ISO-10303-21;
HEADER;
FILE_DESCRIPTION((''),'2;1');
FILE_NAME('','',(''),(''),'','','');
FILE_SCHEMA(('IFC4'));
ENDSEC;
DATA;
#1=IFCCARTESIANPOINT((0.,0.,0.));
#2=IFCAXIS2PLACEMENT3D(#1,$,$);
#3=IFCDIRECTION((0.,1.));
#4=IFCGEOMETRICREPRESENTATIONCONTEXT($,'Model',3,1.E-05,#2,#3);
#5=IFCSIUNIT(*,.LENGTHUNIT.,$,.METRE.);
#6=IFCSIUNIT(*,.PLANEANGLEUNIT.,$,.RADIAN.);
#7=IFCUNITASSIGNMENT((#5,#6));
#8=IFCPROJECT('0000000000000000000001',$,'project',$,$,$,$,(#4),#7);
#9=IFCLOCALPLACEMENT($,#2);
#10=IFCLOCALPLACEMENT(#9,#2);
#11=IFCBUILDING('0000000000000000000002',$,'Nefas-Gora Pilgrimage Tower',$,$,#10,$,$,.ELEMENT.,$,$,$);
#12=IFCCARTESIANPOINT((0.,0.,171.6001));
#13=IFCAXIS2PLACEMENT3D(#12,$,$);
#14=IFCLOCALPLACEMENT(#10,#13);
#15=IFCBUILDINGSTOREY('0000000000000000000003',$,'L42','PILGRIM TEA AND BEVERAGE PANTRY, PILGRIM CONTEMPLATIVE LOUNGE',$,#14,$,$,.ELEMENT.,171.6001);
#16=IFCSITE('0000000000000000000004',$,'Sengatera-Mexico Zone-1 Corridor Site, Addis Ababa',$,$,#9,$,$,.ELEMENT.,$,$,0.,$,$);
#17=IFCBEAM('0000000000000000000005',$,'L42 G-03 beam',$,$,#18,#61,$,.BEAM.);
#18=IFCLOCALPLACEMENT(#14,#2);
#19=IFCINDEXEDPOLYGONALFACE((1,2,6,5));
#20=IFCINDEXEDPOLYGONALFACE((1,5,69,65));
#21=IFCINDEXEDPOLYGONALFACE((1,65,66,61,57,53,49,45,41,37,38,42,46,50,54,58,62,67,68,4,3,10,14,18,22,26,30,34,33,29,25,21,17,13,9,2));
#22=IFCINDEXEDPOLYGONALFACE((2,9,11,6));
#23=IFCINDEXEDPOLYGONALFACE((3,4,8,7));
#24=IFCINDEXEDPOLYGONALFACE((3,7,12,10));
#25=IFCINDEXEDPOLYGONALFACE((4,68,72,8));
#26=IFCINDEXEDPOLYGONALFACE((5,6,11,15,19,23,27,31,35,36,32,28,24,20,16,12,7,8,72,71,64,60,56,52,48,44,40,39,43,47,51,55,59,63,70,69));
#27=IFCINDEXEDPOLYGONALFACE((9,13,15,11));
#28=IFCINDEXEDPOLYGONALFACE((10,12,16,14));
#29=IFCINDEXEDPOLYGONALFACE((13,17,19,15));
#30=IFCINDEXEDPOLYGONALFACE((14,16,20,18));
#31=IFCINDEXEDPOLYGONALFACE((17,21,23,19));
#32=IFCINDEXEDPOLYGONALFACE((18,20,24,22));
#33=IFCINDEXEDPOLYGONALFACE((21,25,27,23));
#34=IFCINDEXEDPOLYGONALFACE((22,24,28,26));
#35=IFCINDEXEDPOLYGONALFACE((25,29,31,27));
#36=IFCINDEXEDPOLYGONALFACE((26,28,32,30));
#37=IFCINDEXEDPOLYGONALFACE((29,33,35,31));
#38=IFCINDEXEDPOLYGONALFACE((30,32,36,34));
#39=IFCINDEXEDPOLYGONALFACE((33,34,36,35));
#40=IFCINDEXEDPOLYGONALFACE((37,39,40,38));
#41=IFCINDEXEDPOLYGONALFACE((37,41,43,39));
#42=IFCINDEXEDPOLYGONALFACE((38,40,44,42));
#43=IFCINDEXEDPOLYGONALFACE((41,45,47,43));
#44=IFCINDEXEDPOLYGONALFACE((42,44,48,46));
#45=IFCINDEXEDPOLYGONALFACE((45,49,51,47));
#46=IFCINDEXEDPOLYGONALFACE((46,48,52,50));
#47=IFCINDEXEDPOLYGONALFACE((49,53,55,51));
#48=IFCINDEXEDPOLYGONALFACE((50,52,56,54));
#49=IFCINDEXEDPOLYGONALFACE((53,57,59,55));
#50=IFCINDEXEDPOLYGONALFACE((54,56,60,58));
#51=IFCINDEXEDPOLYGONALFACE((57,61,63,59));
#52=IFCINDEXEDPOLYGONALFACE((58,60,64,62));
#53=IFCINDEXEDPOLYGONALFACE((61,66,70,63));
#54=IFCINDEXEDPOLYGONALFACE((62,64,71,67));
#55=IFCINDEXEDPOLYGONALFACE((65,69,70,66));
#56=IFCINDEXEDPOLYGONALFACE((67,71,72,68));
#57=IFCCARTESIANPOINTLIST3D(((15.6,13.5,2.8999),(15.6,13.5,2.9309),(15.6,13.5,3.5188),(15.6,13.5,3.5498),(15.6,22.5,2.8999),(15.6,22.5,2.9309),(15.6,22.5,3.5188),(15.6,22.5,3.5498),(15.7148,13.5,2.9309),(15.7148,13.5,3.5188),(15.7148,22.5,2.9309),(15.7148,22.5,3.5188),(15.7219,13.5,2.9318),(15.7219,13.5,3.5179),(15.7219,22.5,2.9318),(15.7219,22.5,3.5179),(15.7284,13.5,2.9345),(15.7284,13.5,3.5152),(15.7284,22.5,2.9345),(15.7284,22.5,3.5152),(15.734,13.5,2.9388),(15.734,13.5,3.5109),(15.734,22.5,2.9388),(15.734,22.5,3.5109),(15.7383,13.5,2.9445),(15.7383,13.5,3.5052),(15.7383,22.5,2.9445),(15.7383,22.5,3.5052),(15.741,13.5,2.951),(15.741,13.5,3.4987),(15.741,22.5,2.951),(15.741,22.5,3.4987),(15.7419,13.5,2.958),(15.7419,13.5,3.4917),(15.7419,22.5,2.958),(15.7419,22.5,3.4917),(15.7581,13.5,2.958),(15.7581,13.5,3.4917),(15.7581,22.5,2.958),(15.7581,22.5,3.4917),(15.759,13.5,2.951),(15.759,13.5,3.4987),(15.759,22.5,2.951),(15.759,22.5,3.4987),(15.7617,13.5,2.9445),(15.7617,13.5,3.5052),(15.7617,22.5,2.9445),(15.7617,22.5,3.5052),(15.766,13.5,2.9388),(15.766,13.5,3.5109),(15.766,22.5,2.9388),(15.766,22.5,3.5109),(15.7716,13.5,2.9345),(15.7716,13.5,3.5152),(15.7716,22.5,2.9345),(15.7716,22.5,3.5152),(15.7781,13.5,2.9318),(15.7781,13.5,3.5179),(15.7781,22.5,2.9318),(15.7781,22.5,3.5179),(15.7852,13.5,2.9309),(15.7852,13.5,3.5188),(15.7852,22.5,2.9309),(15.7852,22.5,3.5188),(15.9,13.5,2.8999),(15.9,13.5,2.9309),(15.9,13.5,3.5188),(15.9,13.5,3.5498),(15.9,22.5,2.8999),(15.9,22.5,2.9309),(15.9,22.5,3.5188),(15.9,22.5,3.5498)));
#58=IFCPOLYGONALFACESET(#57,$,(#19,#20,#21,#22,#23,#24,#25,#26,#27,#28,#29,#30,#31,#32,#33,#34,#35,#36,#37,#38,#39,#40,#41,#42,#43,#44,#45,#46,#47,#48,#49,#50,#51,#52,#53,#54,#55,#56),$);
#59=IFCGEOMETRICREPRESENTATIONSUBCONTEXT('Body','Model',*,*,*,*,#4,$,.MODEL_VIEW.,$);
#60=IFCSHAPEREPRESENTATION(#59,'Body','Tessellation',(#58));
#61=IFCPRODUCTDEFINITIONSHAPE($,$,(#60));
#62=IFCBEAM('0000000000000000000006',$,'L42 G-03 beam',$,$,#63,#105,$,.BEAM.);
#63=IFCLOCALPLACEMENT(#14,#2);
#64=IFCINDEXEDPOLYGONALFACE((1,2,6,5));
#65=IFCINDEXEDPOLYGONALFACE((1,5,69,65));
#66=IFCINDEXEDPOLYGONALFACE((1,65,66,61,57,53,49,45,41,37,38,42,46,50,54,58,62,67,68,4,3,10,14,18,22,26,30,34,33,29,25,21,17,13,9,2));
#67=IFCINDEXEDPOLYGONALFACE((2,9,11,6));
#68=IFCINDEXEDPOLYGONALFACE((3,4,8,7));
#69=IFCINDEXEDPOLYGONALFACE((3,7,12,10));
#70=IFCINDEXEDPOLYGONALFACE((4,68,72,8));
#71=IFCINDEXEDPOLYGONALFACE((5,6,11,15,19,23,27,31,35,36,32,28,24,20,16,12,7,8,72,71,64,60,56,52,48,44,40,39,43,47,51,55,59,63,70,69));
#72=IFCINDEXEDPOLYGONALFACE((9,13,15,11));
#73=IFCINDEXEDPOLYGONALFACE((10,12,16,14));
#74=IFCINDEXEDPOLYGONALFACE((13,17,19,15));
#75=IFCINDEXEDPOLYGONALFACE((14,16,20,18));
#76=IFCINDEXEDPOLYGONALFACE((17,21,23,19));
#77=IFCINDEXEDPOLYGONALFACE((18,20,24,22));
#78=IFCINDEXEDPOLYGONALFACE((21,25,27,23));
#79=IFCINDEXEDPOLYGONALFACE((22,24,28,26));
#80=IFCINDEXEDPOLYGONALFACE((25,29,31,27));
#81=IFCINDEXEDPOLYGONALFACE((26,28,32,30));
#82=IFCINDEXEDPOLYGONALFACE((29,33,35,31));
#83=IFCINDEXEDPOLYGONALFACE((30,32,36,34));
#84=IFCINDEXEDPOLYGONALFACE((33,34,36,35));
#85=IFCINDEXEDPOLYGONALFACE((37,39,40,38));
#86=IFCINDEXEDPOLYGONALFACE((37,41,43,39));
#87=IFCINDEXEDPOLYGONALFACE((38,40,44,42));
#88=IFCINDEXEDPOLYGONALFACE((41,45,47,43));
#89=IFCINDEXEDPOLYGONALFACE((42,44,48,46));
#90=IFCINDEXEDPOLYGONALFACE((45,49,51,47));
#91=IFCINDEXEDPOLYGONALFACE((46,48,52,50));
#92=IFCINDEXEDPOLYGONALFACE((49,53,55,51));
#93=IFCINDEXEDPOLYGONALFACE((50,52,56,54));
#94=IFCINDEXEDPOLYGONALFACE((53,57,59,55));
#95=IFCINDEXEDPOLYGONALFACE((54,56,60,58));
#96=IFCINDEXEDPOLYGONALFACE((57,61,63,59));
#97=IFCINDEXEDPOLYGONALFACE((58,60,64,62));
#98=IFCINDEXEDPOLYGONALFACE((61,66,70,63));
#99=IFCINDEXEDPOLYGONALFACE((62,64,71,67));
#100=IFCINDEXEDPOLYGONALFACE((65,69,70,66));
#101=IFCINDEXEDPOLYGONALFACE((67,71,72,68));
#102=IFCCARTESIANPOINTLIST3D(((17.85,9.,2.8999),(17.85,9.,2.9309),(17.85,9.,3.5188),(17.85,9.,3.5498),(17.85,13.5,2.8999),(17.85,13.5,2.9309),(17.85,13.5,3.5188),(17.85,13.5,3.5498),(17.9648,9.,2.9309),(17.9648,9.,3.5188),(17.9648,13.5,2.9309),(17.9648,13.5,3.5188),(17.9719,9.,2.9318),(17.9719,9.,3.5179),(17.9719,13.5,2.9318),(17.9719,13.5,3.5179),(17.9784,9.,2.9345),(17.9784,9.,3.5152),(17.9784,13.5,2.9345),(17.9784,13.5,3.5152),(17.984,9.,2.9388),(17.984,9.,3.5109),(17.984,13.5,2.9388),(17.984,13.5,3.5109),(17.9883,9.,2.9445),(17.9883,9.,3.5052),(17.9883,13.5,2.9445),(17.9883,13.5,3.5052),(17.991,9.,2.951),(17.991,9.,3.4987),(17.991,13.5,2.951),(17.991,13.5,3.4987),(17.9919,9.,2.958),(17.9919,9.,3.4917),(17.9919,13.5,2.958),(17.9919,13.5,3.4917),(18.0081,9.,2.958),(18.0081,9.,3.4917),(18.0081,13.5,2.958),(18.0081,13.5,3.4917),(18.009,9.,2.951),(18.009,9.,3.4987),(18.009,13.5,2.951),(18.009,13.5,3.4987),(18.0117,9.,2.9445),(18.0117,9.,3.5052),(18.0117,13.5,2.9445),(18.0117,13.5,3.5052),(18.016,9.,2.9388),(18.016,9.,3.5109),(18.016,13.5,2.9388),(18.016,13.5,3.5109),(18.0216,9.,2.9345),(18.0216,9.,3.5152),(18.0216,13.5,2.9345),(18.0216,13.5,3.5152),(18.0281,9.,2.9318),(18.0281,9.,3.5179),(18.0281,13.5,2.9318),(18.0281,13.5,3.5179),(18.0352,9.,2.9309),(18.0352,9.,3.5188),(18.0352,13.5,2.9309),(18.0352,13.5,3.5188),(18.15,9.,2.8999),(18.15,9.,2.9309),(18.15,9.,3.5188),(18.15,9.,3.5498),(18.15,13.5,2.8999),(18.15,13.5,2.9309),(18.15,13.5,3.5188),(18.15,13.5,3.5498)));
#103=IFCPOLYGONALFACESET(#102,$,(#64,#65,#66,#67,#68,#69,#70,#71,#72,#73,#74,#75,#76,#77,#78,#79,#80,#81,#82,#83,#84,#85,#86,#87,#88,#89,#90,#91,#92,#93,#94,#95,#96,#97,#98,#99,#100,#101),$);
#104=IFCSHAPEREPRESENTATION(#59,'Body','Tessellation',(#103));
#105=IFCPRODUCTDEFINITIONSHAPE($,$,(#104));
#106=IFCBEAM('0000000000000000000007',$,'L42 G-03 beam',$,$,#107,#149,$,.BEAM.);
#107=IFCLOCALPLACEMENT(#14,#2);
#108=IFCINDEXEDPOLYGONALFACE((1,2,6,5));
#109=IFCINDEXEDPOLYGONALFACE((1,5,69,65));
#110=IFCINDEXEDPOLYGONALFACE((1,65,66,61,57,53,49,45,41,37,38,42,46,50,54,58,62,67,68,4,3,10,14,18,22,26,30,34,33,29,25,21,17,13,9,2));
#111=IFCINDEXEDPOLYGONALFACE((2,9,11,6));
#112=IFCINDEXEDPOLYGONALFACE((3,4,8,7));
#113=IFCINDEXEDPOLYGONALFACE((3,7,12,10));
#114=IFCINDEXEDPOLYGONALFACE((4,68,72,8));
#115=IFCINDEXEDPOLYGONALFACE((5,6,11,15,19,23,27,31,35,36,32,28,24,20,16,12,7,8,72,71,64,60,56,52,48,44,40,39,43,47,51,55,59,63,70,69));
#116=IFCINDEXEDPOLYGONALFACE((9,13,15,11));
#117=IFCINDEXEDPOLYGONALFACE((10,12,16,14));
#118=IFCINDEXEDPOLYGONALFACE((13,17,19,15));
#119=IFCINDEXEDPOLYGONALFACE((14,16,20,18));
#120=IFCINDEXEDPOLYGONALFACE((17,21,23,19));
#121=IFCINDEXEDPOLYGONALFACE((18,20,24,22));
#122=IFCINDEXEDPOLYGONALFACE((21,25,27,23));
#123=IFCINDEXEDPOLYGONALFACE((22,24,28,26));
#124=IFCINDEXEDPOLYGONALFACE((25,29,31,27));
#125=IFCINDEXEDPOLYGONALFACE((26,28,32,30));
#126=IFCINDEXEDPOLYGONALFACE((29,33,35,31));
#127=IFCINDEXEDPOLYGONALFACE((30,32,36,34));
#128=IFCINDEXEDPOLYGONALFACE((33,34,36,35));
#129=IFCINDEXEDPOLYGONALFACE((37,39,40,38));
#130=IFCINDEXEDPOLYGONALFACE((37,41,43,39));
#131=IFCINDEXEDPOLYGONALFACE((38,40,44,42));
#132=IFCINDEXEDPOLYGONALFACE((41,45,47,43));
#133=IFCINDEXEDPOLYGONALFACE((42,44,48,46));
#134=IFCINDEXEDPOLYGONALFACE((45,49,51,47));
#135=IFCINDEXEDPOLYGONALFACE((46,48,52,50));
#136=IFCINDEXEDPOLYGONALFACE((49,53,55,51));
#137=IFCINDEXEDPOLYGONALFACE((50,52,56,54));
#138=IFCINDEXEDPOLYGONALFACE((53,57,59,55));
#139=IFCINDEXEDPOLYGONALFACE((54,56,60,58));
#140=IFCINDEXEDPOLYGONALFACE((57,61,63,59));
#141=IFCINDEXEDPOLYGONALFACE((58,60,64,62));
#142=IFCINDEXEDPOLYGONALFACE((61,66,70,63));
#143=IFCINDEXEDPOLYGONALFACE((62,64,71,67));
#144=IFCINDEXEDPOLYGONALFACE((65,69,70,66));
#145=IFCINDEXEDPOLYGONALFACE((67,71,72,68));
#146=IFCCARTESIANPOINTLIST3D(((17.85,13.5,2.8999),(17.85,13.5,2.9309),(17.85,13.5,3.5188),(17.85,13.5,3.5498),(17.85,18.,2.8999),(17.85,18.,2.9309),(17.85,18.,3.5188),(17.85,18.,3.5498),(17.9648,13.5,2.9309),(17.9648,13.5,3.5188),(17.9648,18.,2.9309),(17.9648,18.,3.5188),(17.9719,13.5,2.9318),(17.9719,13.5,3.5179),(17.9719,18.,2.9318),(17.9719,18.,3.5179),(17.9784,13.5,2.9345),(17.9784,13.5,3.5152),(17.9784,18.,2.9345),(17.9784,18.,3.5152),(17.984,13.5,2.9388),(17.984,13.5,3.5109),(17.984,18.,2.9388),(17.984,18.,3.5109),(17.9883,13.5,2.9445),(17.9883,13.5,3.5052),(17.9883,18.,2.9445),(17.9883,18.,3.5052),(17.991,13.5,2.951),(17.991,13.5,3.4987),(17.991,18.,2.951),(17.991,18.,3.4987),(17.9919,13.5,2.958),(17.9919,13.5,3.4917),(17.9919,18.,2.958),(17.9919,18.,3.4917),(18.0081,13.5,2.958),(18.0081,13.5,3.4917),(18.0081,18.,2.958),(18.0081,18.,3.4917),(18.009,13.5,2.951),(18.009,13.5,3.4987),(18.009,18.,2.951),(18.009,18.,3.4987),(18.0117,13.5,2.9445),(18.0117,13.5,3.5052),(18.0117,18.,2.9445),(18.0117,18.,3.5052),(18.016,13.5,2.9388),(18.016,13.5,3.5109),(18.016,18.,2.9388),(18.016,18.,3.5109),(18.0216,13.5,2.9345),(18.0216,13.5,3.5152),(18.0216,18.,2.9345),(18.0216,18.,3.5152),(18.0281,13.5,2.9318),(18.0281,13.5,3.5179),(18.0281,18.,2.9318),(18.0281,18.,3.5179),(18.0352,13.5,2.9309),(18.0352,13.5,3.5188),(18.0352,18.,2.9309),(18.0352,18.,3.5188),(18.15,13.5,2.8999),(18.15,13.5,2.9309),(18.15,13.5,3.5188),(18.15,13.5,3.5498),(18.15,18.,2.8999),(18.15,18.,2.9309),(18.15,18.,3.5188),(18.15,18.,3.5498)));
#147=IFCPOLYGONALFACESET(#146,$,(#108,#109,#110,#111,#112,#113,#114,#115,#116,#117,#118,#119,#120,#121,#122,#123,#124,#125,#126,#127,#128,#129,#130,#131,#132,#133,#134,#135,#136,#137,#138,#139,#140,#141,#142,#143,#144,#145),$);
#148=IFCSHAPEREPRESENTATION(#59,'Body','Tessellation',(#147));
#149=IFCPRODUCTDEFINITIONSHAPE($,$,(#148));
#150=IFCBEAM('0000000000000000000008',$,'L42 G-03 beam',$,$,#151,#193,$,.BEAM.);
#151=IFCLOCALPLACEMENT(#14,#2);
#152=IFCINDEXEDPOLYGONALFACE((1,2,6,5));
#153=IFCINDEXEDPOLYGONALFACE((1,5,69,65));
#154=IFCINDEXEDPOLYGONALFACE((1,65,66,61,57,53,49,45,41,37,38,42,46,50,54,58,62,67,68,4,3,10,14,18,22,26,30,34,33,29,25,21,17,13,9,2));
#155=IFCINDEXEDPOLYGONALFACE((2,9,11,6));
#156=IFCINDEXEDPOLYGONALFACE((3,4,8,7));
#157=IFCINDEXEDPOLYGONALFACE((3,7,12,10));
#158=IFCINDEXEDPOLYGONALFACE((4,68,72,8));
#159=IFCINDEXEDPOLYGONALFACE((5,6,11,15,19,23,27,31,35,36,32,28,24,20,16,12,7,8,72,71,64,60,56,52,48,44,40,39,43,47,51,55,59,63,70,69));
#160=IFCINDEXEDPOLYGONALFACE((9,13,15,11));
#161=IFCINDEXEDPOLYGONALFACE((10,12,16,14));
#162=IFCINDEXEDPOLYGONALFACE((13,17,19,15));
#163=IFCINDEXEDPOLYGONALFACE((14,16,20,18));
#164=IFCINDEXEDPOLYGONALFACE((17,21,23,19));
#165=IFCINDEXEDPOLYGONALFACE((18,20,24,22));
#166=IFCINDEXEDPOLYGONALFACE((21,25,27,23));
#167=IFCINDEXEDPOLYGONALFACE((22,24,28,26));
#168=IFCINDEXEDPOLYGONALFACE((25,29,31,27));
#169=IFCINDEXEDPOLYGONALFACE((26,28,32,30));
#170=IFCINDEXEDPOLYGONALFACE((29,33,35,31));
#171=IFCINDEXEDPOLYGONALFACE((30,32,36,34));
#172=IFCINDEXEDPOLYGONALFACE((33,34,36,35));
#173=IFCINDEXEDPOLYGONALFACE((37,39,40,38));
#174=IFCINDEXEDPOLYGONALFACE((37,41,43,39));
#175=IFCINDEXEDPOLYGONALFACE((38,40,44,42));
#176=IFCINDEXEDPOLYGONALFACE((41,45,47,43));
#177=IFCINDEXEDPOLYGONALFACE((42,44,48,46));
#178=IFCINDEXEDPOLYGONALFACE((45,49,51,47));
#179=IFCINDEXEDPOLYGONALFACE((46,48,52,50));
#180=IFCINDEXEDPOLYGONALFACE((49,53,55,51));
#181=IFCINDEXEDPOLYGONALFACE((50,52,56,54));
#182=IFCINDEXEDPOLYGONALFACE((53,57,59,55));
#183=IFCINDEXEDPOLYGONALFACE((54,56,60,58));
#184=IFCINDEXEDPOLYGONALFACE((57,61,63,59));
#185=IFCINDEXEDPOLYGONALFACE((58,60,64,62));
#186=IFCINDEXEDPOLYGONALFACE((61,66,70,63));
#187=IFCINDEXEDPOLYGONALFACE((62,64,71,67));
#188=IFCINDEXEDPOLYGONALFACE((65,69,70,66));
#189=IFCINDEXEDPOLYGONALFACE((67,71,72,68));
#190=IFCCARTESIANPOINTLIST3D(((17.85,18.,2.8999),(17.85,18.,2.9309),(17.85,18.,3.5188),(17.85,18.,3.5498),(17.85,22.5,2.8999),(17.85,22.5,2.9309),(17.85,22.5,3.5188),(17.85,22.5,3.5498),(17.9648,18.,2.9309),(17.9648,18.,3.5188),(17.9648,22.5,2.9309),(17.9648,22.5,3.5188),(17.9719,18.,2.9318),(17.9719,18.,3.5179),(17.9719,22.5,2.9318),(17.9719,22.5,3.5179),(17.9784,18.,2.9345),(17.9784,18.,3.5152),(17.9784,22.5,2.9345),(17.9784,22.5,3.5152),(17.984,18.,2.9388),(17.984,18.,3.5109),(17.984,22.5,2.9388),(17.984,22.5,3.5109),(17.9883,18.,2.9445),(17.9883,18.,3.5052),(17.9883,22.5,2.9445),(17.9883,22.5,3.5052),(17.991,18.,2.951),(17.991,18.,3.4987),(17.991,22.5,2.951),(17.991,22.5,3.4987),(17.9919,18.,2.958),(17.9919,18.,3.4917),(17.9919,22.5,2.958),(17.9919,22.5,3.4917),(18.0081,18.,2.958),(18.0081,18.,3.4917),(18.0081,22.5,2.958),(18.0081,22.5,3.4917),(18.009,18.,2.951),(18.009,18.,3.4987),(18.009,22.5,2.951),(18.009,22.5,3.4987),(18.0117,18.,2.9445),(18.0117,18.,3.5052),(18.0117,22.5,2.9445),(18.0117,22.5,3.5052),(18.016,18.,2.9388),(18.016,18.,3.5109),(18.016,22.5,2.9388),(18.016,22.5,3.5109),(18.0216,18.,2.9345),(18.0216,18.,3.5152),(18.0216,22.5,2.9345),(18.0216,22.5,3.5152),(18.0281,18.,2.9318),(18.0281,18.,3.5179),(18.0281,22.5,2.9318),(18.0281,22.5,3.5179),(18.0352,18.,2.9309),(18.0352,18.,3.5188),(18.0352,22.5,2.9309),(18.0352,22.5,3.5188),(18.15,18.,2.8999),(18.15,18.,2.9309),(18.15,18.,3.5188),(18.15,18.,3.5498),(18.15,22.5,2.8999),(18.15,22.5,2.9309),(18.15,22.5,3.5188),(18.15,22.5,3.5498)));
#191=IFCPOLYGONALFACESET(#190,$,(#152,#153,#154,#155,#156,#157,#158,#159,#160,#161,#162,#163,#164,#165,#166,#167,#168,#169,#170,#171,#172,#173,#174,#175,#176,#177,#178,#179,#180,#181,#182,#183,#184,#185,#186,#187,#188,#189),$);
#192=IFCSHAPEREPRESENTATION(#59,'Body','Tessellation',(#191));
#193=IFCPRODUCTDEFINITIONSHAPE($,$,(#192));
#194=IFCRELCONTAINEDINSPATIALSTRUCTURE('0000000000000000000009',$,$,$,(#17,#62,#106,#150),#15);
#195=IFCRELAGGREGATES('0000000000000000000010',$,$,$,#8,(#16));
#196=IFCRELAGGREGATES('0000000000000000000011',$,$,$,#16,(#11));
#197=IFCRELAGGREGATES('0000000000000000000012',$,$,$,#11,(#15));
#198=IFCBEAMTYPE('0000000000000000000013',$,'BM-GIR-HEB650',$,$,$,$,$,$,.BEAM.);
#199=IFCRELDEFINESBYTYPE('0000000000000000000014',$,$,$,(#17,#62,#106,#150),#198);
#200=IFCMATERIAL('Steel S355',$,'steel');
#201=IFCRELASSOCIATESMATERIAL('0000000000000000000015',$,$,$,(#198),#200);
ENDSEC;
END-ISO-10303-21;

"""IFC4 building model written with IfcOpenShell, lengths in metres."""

from ifc_helpers import new_model, si_unit, direction, frame, origin, origin_2d, place, context, subcontext, project, spatial, i_section, extrude, source, transform, mapped, material, material_profile, profile_set, type_object, element, save


model = new_model("IFC4")

# Units and contexts
model_context = context("Model", 3, precision=1e-05, world=origin(), true_north=direction((0.0, 1.0)))
body_context = subcontext(model_context, "Body", "Model", "MODEL_VIEW")
ifc_project = project(units=[si_unit("LENGTHUNIT", "METRE"), si_unit("PLANEANGLEUNIT", "RADIAN")], contexts=[model_context])

# Site, building, storey
site_placement = place(None, origin())
site = spatial("IfcSite", under=ifc_project, at=site_placement, Name="Sengatera-Mexico Zone-1 Corridor Site, Addis Ababa", CompositionType="ELEMENT", RefElevation=0.0)
building_placement = place(site_placement, origin())
building = spatial("IfcBuilding", under=site, at=building_placement, Name="Nefas-Gora Pilgrimage Tower", CompositionType="ELEMENT")
storey_placement = place(building_placement, frame((0.0, 0.0, 171.6001)))
storey = spatial("IfcBuildingStorey", under=building, at=storey_placement, Name="L42", Description="PILGRIM TEA AND BEVERAGE PANTRY, PILGRIM CONTEMPLATIVE LOUNGE", CompositionType="ELEMENT", Elevation=171.6001)

# Beams
ifc_material_1 = material(Name="Steel S355", Category="steel")
ifc_material_profile_1 = material_profile(ifc_material_1, i_section(OverallWidth=0.3, OverallDepth=0.6499, WebThickness=0.0161, FlangeThickness=0.031, FilletRadius=0.0271, at=origin_2d()), Name="HEB 650")
ifc_profile_set_1 = profile_set([ifc_material_profile_1], Name="Steel S355")
beam_type_1 = type_object("IfcBeamType", Name="BM-GIR-HEB650", PredefinedType="BEAM", material=ifc_profile_set_1)
shared_shape_1 = source(origin(), body_context, "Body", "SweptSolid", [
    extrude(i_section(OverallWidth=0.3, OverallDepth=0.6499, WebThickness=0.0161, FlangeThickness=0.031, FilletRadius=0.0271, at=origin_2d()), origin(), (0.0, 0.0, 1.0), 9.0),
])
beam_1_placement = place(storey_placement, frame((15.75, 13.5, 3.2249), z_axis=(0.0, 1.0, 0.0), x_axis=(-1.0, 0.0, 0.0)))
element("IfcBeam", 1, at=beam_1_placement, inside=storey, type_object=beam_type_1, Name="L42 G-03 beam", PredefinedType="BEAM", context=body_context, shape_type="MappedRepresentation", body=[
    mapped(shared_shape_1, transform((0.0, 0.0, 0.0), x_axis=(1.0, 0.0, 0.0), y_axis=(0.0, 1.0, 0.0), z_axis=(0.0, 0.0, 1.0), scale=1.0)),
])
shared_shape_2 = source(origin(), body_context, "Body", "SweptSolid", [
    extrude(i_section(OverallWidth=0.3, OverallDepth=0.6499, WebThickness=0.0161, FlangeThickness=0.031, FilletRadius=0.0271, at=origin_2d()), origin(), (0.0, 0.0, 1.0), 4.5),
])
for number, where, z_axis, x_axis, name in (
    (2, (18.0, 9.0, 3.2249), (0.0, 1.0, 0.0), (-1.0, 0.0, 0.0), "L42 G-03 beam"),
    (3, (18.0, 13.5, 3.2249), (0.0, 1.0, 0.0), (-1.0, 0.0, 0.0), "L42 G-03 beam"),
    (4, (18.0, 18.0, 3.2249), (0.0, 1.0, 0.0), (-1.0, 0.0, 0.0), "L42 G-03 beam"),
):
    element("IfcBeam", number, at=place(storey_placement, frame(where, z_axis=z_axis, x_axis=x_axis)), inside=storey, type_object=beam_type_1, Name=name, PredefinedType="BEAM", context=body_context, shape_type="MappedRepresentation", body=[
        mapped(shared_shape_2, transform((0.0, 0.0, 0.0), x_axis=(1.0, 0.0, 0.0), y_axis=(0.0, 1.0, 0.0), z_axis=(0.0, 0.0, 1.0), scale=1.0)),
    ])

save(model, "model.ifc")
